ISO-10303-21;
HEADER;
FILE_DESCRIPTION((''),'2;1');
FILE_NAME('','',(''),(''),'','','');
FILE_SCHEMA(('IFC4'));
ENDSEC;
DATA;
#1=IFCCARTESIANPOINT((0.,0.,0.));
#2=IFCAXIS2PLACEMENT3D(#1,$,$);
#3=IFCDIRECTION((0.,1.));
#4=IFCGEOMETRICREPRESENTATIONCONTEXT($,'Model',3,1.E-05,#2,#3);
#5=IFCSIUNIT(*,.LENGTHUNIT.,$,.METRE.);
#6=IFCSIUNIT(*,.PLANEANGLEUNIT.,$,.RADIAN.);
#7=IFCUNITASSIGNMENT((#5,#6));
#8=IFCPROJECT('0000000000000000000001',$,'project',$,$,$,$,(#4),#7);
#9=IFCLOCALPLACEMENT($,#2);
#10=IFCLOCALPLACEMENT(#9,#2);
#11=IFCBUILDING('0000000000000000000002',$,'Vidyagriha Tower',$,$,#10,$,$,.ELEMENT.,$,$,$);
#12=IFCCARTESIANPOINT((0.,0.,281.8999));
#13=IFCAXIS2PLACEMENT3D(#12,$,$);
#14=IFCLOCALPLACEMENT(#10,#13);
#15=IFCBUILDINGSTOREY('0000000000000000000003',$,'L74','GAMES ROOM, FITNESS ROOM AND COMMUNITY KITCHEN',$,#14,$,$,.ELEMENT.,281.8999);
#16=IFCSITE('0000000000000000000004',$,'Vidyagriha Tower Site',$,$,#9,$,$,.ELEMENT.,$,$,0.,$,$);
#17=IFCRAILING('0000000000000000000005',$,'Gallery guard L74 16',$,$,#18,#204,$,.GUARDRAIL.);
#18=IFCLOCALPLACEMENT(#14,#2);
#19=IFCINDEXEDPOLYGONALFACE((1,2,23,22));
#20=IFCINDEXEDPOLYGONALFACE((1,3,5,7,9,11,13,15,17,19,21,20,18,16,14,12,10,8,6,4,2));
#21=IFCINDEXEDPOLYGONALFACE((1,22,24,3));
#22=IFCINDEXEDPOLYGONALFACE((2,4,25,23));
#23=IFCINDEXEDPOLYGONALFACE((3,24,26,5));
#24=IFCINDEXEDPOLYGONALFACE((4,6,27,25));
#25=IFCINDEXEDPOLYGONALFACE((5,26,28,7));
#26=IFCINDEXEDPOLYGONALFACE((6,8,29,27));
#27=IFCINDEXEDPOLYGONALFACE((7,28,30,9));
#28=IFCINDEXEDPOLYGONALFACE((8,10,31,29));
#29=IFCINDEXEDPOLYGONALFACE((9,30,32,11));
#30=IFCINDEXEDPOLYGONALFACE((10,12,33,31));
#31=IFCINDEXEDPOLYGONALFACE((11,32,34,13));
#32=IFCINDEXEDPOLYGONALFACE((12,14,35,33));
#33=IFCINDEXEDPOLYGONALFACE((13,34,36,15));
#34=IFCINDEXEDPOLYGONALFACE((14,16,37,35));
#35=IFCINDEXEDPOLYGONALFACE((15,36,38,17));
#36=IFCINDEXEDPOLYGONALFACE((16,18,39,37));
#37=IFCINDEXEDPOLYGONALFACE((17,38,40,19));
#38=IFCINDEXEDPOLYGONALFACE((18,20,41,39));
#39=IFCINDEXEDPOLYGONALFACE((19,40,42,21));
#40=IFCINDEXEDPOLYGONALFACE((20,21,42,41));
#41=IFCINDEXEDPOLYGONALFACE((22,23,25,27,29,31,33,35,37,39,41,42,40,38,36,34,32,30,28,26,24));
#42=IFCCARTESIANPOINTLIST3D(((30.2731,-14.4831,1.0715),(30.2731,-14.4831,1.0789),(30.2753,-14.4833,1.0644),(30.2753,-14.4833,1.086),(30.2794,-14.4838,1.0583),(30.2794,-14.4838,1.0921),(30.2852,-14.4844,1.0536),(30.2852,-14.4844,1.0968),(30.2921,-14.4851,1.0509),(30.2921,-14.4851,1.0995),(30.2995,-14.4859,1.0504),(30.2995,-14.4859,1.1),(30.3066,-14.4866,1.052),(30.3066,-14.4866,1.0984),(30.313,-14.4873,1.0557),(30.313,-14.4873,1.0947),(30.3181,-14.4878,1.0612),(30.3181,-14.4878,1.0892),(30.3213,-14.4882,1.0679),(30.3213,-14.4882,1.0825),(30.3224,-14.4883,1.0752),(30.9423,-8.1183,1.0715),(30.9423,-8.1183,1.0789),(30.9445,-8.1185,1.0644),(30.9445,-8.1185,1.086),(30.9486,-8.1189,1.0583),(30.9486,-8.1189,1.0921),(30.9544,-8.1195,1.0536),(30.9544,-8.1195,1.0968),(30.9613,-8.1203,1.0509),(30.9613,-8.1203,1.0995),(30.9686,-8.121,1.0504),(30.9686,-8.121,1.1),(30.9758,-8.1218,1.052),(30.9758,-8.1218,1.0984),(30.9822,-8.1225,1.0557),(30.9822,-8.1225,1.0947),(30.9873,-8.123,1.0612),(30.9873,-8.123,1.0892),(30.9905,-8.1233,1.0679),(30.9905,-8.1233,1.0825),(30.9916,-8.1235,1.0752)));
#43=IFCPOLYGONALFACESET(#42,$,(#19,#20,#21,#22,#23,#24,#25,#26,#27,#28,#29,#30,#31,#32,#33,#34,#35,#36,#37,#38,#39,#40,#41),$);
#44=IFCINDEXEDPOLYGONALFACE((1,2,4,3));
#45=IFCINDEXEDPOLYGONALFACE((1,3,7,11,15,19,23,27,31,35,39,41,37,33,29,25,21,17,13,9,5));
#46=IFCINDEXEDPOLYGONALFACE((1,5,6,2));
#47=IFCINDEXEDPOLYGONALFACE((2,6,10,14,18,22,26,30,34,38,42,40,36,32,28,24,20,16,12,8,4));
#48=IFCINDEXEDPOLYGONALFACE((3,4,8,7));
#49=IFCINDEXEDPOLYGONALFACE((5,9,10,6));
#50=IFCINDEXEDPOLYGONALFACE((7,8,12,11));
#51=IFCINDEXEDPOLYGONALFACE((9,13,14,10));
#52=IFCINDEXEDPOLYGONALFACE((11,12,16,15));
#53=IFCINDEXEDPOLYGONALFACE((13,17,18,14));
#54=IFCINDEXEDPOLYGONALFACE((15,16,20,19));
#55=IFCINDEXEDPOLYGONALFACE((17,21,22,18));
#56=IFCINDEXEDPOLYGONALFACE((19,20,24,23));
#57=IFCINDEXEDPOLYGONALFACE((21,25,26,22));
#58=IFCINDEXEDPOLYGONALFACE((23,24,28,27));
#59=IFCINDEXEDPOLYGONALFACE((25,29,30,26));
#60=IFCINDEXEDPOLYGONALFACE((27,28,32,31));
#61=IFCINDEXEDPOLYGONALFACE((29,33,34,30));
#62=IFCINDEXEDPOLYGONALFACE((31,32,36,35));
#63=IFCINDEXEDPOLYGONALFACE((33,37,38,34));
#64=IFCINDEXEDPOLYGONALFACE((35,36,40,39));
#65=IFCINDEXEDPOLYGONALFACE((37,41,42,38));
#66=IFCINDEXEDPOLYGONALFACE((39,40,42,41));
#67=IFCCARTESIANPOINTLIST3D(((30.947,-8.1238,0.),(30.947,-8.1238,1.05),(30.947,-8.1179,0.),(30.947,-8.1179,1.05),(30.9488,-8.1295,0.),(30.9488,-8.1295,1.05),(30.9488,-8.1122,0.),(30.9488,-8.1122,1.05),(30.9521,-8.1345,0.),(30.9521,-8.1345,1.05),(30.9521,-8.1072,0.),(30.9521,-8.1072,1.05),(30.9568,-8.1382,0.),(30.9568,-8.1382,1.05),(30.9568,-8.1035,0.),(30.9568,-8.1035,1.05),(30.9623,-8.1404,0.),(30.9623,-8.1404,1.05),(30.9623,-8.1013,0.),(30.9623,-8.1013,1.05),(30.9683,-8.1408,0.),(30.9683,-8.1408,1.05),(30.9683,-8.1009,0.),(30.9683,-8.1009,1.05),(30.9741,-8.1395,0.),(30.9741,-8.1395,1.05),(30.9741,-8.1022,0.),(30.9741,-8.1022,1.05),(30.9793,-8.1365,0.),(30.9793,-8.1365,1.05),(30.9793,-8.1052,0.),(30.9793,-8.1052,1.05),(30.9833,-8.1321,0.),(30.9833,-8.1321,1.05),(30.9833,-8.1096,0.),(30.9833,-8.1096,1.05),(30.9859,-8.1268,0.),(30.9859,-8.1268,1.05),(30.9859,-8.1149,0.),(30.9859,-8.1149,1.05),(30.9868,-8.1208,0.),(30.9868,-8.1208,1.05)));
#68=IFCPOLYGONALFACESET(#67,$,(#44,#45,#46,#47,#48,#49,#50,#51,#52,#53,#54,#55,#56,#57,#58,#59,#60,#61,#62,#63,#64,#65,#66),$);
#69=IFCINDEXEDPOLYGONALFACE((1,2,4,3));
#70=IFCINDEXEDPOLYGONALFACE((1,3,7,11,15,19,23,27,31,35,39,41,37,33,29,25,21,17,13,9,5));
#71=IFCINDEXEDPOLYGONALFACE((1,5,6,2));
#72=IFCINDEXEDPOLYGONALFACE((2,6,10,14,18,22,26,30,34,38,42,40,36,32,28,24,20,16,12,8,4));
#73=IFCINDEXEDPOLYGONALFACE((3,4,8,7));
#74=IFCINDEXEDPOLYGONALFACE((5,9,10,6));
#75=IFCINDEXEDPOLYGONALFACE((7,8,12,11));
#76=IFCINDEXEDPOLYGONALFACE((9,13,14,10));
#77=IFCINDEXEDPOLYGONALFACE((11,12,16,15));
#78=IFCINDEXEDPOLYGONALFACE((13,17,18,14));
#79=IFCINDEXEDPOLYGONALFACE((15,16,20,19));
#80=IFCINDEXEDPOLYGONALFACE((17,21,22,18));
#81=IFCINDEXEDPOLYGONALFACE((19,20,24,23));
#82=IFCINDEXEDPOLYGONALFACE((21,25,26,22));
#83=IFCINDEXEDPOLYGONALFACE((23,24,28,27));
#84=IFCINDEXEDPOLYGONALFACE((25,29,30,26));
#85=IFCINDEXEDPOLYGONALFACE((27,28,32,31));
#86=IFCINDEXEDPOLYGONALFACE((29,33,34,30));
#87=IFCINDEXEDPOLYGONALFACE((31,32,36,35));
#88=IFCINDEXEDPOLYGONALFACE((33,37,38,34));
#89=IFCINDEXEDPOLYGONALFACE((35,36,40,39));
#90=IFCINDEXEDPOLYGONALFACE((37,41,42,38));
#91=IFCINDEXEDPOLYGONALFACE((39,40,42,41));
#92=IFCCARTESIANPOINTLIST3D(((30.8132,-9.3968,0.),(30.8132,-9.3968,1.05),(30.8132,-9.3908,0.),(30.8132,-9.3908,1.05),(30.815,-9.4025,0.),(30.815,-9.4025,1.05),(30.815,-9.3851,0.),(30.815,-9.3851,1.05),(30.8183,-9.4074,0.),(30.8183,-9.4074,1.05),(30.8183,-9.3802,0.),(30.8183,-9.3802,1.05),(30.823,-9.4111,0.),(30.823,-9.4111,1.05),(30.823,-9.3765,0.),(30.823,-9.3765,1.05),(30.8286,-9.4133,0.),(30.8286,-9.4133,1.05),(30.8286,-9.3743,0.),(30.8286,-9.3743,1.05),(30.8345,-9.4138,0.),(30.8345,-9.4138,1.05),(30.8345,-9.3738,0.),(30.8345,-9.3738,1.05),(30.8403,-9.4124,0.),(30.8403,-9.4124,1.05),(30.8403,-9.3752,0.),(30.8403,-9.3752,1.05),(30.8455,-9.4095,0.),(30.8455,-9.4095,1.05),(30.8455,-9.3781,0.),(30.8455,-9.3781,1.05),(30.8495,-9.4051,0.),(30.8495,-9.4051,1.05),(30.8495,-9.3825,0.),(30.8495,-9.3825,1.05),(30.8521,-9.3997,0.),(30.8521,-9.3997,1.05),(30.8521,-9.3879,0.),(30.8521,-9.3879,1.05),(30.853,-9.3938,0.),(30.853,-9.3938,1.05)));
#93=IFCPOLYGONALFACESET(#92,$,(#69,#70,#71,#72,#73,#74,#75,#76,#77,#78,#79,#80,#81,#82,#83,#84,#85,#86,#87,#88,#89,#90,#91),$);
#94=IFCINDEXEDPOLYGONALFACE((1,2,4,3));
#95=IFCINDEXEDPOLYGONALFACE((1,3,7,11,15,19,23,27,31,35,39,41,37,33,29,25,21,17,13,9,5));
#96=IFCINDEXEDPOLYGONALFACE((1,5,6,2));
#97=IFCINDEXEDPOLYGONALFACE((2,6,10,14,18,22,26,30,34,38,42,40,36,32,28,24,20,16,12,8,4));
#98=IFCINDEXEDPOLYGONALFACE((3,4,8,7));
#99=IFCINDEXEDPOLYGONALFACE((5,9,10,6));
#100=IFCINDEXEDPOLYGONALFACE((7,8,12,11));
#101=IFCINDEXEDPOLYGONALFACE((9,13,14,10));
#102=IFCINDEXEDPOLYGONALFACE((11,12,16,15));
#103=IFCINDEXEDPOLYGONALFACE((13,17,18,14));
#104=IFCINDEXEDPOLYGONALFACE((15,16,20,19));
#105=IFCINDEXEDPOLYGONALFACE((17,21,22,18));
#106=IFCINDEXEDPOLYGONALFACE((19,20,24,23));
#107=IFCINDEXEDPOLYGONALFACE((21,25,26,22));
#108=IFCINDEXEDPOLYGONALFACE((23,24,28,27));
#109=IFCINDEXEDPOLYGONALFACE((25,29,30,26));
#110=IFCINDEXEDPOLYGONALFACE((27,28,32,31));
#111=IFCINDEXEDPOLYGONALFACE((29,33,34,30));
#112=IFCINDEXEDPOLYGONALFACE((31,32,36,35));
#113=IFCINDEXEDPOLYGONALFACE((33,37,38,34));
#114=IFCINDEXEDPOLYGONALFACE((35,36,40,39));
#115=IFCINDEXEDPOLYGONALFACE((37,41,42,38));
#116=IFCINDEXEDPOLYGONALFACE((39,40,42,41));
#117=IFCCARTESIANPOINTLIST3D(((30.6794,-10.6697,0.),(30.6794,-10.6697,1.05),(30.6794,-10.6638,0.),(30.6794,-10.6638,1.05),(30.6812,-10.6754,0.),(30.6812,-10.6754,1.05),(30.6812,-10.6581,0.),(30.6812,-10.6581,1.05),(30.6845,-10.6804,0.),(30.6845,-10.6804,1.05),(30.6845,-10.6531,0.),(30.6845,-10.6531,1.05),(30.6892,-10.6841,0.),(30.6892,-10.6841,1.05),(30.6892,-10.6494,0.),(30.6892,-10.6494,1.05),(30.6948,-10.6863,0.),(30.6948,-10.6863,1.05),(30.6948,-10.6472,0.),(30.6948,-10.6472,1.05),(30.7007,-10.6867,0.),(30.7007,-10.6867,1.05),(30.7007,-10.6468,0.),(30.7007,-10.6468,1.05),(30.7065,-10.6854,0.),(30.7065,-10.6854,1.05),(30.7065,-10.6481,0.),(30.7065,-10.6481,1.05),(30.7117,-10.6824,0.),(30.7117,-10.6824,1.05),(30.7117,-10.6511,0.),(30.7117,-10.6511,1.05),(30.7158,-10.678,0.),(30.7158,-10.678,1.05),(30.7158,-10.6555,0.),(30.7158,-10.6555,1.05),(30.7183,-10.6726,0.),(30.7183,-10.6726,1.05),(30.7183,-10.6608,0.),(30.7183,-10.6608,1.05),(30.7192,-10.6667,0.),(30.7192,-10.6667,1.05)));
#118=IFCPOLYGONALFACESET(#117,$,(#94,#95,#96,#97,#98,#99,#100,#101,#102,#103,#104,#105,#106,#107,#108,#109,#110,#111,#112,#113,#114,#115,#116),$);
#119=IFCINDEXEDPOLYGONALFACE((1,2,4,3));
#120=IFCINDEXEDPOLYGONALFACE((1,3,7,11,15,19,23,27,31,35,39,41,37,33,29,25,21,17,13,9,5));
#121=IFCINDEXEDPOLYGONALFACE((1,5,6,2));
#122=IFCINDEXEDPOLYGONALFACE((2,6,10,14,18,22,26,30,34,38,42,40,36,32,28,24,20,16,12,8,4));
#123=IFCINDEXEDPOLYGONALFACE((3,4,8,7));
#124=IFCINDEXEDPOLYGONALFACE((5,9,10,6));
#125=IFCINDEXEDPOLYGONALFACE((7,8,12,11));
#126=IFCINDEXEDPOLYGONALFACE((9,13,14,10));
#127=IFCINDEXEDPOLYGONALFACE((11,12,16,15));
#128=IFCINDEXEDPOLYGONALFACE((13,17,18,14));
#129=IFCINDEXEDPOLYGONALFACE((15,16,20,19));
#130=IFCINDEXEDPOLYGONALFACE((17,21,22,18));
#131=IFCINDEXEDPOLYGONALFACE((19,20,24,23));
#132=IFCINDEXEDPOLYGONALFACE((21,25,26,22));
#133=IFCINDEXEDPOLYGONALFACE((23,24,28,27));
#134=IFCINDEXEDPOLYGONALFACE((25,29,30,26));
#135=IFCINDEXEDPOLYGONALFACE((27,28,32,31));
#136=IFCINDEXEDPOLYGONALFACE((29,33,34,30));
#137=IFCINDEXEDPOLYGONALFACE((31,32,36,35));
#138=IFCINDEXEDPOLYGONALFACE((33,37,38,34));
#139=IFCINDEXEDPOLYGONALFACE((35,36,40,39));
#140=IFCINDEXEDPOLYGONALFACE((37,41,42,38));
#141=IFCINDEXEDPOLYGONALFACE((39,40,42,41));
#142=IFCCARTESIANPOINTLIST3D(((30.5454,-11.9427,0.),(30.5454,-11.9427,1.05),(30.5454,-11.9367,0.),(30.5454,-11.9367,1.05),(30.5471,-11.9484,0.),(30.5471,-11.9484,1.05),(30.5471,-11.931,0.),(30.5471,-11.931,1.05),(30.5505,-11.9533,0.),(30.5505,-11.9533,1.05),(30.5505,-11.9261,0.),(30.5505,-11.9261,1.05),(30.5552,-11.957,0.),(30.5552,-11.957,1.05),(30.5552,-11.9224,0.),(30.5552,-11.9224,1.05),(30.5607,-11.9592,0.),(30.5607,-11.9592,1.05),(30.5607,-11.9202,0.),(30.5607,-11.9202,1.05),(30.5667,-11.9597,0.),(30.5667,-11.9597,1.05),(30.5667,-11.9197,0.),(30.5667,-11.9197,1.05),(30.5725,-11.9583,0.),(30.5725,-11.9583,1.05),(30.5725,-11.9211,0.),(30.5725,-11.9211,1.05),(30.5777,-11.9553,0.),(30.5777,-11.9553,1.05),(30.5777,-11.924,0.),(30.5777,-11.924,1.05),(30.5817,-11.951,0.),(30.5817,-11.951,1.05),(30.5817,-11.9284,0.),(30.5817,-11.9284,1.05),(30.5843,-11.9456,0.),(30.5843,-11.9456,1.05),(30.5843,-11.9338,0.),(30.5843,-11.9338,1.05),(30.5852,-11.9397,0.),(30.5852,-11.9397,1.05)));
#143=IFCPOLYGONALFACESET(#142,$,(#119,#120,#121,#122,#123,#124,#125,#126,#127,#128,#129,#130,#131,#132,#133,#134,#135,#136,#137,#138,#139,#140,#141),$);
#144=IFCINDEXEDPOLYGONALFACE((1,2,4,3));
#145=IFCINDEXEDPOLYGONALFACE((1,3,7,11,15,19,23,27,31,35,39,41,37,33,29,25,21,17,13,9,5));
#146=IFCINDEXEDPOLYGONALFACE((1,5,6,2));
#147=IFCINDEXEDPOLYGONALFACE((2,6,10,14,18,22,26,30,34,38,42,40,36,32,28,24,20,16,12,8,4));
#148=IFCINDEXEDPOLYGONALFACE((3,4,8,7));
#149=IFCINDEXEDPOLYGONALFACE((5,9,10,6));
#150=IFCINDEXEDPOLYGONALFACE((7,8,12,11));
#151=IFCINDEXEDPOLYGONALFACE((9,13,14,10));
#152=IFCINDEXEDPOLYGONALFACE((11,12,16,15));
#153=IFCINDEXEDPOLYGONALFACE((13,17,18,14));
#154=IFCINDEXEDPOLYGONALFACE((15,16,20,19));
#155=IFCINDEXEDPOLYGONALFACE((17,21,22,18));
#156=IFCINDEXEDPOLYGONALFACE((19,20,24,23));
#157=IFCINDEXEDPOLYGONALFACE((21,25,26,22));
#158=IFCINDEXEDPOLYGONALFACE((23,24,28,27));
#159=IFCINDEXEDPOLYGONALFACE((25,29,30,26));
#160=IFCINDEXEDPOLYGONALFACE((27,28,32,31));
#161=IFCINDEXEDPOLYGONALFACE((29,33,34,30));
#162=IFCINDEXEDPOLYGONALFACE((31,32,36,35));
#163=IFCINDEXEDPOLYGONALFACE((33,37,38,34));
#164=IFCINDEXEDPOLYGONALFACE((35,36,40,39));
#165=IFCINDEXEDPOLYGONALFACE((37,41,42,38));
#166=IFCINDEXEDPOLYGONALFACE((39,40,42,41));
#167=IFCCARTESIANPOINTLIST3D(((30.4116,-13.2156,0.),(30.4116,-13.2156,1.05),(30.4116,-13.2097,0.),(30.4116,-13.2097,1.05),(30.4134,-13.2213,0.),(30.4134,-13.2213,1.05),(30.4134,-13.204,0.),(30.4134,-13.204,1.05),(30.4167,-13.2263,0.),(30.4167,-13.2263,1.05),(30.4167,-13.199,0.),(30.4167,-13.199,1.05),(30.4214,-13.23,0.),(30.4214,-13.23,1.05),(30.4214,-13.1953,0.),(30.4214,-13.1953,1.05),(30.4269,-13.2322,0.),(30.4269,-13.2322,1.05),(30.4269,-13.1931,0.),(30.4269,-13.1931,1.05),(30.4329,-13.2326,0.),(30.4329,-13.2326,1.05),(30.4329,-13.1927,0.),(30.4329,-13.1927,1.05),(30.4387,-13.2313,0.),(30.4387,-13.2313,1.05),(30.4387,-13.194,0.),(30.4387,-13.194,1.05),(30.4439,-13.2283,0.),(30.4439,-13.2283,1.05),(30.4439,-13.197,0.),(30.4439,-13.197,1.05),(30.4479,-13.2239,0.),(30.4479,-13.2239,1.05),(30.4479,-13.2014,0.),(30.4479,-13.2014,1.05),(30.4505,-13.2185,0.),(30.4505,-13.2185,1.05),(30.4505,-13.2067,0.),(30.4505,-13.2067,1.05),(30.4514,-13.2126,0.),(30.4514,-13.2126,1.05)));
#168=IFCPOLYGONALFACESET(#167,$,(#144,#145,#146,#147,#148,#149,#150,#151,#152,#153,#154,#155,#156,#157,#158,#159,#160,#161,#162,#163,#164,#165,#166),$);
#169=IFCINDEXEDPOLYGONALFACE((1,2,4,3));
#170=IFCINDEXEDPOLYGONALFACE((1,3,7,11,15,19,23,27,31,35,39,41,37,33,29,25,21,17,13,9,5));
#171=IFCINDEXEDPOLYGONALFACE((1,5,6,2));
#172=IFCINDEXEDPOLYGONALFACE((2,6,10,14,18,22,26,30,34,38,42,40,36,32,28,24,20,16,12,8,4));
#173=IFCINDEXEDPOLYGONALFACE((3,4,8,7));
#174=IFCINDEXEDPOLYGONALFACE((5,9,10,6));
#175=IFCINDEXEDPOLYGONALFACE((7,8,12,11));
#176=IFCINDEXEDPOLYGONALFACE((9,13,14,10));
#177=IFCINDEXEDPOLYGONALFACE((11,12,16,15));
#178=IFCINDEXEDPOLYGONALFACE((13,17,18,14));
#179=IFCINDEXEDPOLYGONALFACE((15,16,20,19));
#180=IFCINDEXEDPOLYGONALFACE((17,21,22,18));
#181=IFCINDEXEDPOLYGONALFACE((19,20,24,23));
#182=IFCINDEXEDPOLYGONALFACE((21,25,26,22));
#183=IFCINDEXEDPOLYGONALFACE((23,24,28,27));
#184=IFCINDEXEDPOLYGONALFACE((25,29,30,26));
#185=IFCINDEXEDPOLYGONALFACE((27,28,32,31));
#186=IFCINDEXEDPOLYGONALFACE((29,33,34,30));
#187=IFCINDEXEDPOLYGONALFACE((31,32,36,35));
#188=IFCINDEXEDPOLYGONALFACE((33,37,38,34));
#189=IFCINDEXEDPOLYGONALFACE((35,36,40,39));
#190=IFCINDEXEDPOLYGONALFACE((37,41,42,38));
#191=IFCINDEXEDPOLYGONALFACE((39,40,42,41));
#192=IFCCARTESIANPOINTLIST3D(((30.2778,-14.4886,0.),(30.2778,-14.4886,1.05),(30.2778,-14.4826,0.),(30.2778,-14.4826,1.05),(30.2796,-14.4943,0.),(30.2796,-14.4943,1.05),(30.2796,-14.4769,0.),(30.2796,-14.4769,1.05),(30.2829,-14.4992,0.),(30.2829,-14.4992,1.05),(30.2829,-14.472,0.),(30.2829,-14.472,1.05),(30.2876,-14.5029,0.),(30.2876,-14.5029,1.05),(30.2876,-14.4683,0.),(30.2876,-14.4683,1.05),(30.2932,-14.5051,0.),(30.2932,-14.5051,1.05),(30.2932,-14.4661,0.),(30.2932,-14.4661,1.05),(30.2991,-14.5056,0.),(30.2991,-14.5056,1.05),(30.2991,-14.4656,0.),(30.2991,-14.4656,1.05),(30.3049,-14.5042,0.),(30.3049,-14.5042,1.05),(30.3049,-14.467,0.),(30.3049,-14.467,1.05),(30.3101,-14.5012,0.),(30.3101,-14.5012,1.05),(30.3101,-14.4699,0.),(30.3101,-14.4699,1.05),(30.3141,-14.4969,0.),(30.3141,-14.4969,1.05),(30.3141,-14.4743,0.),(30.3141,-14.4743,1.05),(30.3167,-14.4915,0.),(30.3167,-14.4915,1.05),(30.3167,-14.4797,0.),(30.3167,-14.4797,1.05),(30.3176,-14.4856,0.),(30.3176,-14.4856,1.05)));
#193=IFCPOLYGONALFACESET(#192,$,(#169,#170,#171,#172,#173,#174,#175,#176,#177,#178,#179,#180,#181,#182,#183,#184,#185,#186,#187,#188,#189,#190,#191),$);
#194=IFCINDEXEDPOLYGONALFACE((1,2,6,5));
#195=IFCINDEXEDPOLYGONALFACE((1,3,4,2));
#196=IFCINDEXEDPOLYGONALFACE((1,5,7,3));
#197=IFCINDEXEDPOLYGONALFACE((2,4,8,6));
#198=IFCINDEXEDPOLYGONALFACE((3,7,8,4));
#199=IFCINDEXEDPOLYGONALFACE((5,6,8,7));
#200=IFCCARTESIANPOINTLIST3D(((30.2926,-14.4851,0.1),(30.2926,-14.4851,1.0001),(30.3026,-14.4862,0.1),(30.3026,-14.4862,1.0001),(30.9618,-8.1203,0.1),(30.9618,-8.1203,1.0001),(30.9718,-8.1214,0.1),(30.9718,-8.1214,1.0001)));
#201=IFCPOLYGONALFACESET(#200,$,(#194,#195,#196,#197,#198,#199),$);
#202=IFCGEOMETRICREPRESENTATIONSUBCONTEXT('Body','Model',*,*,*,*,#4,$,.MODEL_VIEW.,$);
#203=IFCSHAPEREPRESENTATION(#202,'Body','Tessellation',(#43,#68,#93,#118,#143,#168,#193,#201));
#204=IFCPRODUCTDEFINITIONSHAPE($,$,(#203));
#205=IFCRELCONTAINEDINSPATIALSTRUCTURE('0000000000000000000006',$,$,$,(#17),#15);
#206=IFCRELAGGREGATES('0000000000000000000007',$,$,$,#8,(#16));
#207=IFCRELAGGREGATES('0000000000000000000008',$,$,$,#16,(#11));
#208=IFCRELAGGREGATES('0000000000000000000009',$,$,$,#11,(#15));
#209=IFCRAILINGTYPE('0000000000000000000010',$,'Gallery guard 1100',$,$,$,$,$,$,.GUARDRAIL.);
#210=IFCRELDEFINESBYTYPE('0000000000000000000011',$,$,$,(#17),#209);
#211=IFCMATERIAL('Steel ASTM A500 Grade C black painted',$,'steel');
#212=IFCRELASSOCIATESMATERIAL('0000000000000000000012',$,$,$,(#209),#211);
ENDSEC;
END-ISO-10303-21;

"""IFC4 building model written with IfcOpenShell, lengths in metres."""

from ifc_helpers import new_model, si_unit, direction, frame, origin, origin_2d, place, context, subcontext, project, spatial, rectangle, circle, extrude, material, type_object, element, save


model = new_model("IFC4")

# Units and contexts
model_context = context("Model", 3, precision=1e-05, world=origin(), true_north=direction((0.0, 1.0)))
body_context = subcontext(model_context, "Body", "Model", "MODEL_VIEW")
ifc_project = project(units=[si_unit("LENGTHUNIT", "METRE"), si_unit("PLANEANGLEUNIT", "RADIAN")], contexts=[model_context])

# Site, building, storey
site_placement = place(None, origin())
site = spatial("IfcSite", under=ifc_project, at=site_placement, Name="Vidyagriha Tower Site", CompositionType="ELEMENT", RefElevation=0.0)
building_placement = place(site_placement, origin())
building = spatial("IfcBuilding", under=site, at=building_placement, Name="Vidyagriha Tower", CompositionType="ELEMENT")
storey_placement = place(building_placement, frame((0.0, 0.0, 281.8999)))
storey = spatial("IfcBuildingStorey", under=building, at=storey_placement, Name="L74", Description="GAMES ROOM, FITNESS ROOM AND COMMUNITY KITCHEN", CompositionType="ELEMENT", Elevation=281.8999)

# Railing
ifc_material_1 = material(Name="Steel ASTM A500 Grade C black painted", Category="steel")
railing_type = type_object("IfcRailingType", Name="Gallery guard 1100", PredefinedType="GUARDRAIL", material=ifc_material_1)
railing_1_placement = place(storey_placement, frame((30.9668, -8.1208, 0.0)))
element("IfcRailing", 1, at=railing_1_placement, inside=storey, type_object=railing_type, Name="Gallery guard L74 16", PredefinedType="GUARDRAIL", context=body_context, shape_type="SweptSolid", body=[
    extrude(circle(Radius=0.0249, at=origin_2d()), frame((0.0, 0.0, 1.0752), z_axis=(-0.104564, -0.994518, 0.0), x_axis=(0.994518, -0.104564, 0.0)), (0.0, 0.0, 1.0), 6.3999),
    extrude(circle(Radius=0.02, at=origin_2d()), origin(), (0.0, 0.0, 1.0), 1.05),
    extrude(circle(Radius=0.02, at=origin_2d()), frame((-0.1338, -1.2729, 0.0)), (0.0, 0.0, 1.0), 1.05),
    extrude(circle(Radius=0.02, at=origin_2d()), frame((-0.2676, -2.5459, 0.0)), (0.0, 0.0, 1.0), 1.05),
    extrude(circle(Radius=0.02, at=origin_2d()), frame((-0.4016, -3.8188, 0.0)), (0.0, 0.0, 1.0), 1.05),
    extrude(circle(Radius=0.02, at=origin_2d()), frame((-0.5354, -5.0918, 0.0)), (0.0, 0.0, 1.0), 1.05),
    extrude(circle(Radius=0.02, at=origin_2d()), frame((-0.6692, -6.3647, 0.0)), (0.0, 0.0, 1.0), 1.05),
    extrude(rectangle(XDim=0.01, YDim=0.9001, at=origin_2d()), frame((0.0, 0.0, 0.55), z_axis=(-0.104564, -0.994518, 0.0), x_axis=(0.994518, -0.104564, 0.0)), (0.0, 0.0, 1.0), 6.3999),
])

save(model, "model.ifc")
